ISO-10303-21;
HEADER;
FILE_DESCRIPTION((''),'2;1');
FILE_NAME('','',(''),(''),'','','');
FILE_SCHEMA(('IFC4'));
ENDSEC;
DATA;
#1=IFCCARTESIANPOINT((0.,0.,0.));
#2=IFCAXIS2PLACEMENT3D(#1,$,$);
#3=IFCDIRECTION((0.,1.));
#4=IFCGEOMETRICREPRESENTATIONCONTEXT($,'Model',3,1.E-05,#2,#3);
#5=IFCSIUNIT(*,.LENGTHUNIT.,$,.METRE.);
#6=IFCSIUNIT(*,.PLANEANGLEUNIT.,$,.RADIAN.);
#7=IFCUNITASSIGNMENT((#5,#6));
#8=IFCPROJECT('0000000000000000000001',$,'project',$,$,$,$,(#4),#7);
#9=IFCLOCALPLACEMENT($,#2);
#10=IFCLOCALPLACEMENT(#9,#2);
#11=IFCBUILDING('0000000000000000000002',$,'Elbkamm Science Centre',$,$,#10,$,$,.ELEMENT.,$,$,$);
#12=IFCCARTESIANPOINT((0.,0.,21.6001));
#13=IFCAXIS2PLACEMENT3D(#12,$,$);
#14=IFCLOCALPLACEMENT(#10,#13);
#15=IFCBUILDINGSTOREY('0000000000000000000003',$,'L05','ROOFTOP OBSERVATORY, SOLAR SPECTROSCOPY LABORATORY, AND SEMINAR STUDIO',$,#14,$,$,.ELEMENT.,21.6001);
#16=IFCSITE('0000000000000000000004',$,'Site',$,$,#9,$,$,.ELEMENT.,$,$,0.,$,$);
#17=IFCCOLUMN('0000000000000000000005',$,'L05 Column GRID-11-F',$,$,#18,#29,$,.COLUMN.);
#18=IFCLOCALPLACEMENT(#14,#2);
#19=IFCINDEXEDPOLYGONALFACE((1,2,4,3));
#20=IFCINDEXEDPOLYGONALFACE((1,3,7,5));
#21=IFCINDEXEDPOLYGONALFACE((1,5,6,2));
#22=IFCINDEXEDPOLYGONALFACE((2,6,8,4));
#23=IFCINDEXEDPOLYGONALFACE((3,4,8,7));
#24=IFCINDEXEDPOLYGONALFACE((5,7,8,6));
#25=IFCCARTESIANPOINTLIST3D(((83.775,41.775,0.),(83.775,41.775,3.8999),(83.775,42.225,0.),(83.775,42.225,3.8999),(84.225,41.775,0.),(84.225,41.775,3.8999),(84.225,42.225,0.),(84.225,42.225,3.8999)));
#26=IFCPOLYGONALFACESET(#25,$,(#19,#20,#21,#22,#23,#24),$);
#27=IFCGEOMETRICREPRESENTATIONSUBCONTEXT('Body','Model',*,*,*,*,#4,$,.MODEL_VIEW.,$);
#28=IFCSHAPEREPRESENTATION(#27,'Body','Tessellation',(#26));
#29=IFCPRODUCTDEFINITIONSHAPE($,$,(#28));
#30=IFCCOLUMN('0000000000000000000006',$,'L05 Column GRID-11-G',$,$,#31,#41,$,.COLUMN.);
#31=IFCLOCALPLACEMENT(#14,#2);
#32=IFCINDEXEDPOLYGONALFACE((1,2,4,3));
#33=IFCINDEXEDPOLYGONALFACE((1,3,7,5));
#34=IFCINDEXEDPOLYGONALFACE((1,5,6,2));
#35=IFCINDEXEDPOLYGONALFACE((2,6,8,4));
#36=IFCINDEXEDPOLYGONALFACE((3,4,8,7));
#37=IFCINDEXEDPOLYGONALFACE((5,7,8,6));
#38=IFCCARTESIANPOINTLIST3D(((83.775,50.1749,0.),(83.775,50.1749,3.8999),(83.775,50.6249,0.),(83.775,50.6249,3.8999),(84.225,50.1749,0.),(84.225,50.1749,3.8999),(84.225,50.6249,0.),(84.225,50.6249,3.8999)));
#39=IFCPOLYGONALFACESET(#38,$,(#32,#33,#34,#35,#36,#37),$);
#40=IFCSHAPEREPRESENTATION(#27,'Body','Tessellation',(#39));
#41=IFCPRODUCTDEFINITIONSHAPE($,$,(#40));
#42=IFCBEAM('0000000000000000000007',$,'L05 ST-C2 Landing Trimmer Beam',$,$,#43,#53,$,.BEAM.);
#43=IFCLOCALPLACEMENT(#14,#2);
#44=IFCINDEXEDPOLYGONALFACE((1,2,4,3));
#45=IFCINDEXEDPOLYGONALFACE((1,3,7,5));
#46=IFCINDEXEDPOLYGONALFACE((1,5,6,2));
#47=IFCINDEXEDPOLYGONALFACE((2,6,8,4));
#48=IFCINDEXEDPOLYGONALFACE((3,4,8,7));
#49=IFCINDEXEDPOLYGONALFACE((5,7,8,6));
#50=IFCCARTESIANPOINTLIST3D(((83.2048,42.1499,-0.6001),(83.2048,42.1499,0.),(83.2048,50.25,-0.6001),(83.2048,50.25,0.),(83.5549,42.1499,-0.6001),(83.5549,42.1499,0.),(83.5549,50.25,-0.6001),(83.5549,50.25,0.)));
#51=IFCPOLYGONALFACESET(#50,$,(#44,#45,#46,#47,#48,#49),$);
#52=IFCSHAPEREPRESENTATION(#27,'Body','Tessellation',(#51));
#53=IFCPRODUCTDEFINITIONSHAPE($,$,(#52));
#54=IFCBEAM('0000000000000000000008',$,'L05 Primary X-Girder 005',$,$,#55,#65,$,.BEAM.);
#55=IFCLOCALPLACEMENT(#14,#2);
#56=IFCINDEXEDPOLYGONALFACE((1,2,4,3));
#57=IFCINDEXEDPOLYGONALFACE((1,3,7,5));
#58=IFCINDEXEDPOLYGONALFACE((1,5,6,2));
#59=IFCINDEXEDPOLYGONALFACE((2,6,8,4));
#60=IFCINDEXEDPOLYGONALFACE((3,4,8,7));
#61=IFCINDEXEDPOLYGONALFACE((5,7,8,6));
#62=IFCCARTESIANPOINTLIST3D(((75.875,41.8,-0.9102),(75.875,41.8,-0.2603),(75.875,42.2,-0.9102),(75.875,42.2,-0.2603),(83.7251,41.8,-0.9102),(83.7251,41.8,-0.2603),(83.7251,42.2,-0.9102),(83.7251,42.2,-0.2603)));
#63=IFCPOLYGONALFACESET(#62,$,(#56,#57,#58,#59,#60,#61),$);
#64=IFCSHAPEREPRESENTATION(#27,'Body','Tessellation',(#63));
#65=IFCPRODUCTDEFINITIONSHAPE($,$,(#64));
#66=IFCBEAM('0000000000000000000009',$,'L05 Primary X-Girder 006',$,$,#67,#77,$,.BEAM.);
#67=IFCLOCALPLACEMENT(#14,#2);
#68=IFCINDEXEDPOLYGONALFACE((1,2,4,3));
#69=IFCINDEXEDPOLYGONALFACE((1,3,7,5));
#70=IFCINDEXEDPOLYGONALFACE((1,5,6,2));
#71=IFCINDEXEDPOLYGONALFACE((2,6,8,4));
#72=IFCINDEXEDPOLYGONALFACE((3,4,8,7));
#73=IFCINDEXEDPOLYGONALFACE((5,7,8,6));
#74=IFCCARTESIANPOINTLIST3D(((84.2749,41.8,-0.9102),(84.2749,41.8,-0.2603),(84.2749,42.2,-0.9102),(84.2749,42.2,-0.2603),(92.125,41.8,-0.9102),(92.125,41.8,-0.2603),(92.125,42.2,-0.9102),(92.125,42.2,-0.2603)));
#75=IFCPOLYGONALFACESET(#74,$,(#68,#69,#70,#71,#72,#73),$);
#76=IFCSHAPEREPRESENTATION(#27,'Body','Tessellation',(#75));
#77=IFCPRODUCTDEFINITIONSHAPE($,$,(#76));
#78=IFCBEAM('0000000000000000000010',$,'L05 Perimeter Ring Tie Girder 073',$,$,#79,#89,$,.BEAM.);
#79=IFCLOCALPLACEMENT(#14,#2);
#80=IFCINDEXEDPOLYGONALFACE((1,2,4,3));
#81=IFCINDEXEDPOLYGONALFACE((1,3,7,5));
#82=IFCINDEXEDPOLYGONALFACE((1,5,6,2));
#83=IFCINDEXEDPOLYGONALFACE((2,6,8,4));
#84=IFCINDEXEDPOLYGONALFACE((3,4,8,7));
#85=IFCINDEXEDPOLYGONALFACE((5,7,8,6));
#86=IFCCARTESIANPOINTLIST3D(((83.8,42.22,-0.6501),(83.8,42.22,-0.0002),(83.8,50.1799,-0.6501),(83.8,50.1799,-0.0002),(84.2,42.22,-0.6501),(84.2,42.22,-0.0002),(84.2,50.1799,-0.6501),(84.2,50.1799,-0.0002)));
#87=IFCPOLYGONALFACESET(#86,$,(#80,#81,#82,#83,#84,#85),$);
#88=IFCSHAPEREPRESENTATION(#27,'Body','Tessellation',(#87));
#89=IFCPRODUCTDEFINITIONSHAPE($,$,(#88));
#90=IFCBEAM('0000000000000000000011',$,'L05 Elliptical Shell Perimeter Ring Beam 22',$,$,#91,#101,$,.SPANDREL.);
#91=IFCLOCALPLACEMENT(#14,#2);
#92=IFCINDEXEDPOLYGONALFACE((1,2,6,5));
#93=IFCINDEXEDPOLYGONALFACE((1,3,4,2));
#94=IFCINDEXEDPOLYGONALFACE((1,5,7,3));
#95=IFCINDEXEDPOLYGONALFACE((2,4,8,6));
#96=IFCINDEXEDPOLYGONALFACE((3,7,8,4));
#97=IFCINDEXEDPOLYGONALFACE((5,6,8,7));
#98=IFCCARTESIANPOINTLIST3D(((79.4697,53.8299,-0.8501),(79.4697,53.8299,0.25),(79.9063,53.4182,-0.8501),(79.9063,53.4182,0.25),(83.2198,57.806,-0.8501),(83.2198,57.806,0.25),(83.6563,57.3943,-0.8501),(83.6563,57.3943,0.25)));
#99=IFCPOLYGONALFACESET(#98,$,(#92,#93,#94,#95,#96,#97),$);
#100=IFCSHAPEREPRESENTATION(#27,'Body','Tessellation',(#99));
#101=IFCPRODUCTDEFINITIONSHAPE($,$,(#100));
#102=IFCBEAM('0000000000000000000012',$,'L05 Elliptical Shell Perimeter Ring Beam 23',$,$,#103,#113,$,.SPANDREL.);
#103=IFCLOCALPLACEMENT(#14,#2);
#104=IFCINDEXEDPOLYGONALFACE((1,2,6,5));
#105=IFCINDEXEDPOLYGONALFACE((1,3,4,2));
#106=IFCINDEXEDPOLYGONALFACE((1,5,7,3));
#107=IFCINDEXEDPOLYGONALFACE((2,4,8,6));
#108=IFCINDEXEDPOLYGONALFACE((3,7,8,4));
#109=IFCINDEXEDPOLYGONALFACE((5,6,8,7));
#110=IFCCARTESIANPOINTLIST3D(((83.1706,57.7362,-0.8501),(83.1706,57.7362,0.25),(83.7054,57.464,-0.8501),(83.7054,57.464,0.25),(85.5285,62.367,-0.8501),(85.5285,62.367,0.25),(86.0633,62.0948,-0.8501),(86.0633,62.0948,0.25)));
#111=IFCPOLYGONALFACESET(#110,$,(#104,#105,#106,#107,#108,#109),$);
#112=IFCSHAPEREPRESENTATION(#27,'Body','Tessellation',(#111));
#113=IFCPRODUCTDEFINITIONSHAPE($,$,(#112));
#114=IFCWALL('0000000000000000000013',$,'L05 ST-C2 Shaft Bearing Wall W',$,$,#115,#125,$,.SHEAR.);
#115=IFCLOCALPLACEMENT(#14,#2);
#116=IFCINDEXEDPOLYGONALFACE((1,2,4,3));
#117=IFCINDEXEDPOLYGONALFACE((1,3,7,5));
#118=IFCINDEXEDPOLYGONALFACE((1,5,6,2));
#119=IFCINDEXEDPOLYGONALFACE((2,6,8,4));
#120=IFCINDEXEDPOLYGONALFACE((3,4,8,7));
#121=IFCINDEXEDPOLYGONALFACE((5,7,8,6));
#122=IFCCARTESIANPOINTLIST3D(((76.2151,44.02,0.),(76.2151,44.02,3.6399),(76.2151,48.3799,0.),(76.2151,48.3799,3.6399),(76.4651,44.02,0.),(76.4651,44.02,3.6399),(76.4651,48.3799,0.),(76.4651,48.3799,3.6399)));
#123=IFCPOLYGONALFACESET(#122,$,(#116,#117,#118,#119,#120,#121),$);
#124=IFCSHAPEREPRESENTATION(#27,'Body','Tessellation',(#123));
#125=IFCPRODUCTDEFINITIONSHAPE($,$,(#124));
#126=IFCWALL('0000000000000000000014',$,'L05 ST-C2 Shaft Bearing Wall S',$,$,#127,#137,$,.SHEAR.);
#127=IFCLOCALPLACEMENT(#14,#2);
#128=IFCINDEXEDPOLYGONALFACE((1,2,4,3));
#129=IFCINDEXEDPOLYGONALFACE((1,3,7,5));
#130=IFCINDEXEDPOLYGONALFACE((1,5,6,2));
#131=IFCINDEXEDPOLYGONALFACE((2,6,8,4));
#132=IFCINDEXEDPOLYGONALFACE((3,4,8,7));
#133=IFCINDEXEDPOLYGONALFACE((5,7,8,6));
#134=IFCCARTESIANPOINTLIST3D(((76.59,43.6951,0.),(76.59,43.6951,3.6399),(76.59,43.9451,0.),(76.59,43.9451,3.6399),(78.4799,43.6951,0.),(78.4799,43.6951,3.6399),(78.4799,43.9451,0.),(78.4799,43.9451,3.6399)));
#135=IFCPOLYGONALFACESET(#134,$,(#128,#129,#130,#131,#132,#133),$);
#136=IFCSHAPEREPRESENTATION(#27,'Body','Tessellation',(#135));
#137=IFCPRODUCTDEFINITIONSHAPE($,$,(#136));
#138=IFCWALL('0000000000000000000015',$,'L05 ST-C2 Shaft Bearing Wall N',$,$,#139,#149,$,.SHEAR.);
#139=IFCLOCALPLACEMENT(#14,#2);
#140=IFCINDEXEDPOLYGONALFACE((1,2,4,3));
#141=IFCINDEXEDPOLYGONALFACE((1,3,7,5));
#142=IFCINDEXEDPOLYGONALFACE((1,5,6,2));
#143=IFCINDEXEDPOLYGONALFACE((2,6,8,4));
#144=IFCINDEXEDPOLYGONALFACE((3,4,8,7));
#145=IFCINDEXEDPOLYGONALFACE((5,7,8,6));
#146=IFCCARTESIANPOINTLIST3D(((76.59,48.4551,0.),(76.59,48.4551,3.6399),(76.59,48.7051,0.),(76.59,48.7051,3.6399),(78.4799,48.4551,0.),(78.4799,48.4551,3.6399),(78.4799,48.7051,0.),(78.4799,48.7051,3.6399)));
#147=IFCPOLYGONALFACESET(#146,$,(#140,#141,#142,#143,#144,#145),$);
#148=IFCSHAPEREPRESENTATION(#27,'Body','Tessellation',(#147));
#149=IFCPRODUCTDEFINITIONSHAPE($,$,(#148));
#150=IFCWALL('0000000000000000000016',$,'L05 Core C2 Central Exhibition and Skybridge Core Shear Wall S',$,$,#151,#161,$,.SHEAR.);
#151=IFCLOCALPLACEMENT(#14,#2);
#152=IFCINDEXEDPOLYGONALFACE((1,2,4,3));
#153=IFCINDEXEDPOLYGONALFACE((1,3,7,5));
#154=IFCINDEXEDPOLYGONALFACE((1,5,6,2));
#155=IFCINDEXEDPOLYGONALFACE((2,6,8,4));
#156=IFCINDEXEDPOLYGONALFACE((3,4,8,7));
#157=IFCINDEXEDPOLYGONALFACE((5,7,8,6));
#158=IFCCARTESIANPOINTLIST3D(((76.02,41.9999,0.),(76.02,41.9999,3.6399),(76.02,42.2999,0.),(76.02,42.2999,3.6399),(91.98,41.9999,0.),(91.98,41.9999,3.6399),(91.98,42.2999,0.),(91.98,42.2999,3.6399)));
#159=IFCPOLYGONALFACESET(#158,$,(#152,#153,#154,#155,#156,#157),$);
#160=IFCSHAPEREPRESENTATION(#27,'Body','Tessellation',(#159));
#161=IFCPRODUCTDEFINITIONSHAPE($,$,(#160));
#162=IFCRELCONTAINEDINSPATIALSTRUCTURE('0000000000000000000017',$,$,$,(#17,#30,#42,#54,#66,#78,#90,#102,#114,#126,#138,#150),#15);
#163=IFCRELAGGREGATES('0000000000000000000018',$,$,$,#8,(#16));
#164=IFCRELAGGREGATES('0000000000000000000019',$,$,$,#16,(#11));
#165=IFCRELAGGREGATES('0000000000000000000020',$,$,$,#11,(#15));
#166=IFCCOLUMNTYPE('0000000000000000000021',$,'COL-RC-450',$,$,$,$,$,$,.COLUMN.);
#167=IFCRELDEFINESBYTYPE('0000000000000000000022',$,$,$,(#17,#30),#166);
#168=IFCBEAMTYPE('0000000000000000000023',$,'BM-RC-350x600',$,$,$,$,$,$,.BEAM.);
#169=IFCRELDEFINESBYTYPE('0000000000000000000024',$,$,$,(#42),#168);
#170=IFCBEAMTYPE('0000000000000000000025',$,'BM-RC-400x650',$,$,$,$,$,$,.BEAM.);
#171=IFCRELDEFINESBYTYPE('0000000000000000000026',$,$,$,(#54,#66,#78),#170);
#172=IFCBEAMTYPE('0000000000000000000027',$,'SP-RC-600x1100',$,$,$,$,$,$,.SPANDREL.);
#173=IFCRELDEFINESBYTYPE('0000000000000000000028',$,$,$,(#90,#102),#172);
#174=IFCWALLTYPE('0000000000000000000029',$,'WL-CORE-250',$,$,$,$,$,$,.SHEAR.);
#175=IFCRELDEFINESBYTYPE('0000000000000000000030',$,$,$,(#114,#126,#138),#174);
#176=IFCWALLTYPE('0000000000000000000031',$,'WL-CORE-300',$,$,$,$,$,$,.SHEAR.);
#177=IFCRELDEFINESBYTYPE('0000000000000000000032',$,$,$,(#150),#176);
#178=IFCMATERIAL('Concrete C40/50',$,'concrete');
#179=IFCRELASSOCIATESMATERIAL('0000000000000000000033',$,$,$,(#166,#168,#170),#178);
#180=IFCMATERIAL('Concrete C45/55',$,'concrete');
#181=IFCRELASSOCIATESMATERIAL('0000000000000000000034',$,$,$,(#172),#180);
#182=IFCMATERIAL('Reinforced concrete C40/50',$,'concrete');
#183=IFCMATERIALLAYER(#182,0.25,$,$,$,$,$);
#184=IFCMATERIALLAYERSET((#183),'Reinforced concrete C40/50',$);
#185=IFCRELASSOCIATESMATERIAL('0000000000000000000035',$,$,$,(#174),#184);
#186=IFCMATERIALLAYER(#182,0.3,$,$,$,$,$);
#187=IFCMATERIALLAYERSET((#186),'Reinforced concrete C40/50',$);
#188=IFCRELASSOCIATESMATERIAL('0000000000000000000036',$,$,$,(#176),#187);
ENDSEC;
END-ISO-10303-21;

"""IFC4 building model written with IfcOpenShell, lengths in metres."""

from ifc_helpers import new_model, si_unit, direction, frame, frame_2d, origin, origin_2d, place, context, subcontext, project, spatial, rectangle, extrude, material, layer, layer_set, material_profile, profile_set, type_object, element, save


model = new_model("IFC4")

# Units and contexts
model_context = context("Model", 3, precision=1e-05, world=origin(), true_north=direction((0.0, 1.0)))
body_context = subcontext(model_context, "Body", "Model", "MODEL_VIEW")
ifc_project = project(units=[si_unit("LENGTHUNIT", "METRE"), si_unit("PLANEANGLEUNIT", "RADIAN")], contexts=[model_context])

# Site, building, storey
site_placement = place(None, origin())
site = spatial("IfcSite", under=ifc_project, at=site_placement, Name="Site", CompositionType="ELEMENT", RefElevation=0.0)
building_placement = place(site_placement, origin())
building = spatial("IfcBuilding", under=site, at=building_placement, Name="Elbkamm Science Centre", CompositionType="ELEMENT")
storey_placement = place(building_placement, frame((0.0, 0.0, 21.6001)))
storey = spatial("IfcBuildingStorey", under=building, at=storey_placement, Name="L05", Description="ROOFTOP OBSERVATORY, SOLAR SPECTROSCOPY LABORATORY, AND SEMINAR STUDIO", CompositionType="ELEMENT", Elevation=21.6001)

# Columns
ifc_material_1 = material(Name="Concrete C40/50", Category="concrete")
ifc_material_profile_1 = material_profile(ifc_material_1, rectangle(XDim=0.45, YDim=0.45, at=origin_2d()), Name="RC 450x450")
ifc_profile_set_1 = profile_set([ifc_material_profile_1], Name="Concrete C40/50")
column_type = type_object("IfcColumnType", Name="COL-RC-450", PredefinedType="COLUMN", material=ifc_profile_set_1)
for number, where, z_axis, x_axis, name in (
    (1, (84.0, 42.0, 0.0), (0.0, 0.0, 1.0), (1.0, 0.0, 0.0), "L05 Column GRID-11-F"),
    (2, (84.0, 50.3999, 0.0), (0.0, 0.0, 1.0), (1.0, 0.0, 0.0), "L05 Column GRID-11-G"),
):
    element("IfcColumn", number, at=place(storey_placement, frame(where, z_axis=z_axis, x_axis=x_axis)), inside=storey, type_object=column_type, Name=name, PredefinedType="COLUMN", context=body_context, shape_type="SweptSolid", body=[
        extrude(rectangle(XDim=0.45, YDim=0.45, at=origin_2d()), origin(), (0.0, 0.0, 1.0), 3.8999),
    ])

# Beams
ifc_material_profile_2 = material_profile(ifc_material_1, rectangle(XDim=0.3501, YDim=0.6001, at=origin_2d()), Name="RC 350x600")
ifc_profile_set_2 = profile_set([ifc_material_profile_2], Name="Concrete C40/50")
beam_type_1 = type_object("IfcBeamType", Name="BM-RC-350x600", PredefinedType="BEAM", material=ifc_profile_set_2)
beam_1_placement = place(storey_placement, frame((83.3799, 42.1499, -0.3), z_axis=(0.0, 1.0, 0.0), x_axis=(-1.0, 0.0, 0.0)))
element("IfcBeam", 3, at=beam_1_placement, inside=storey, type_object=beam_type_1, Name="L05 ST-C2 Landing Trimmer Beam", PredefinedType="BEAM", context=body_context, shape_type="SweptSolid", body=[
    extrude(rectangle(XDim=0.3501, YDim=0.6001, at=origin_2d()), origin(), (0.0, 0.0, 1.0), 8.1001),
])
ifc_material_profile_3 = material_profile(ifc_material_1, rectangle(XDim=0.3999, YDim=0.6499, at=origin_2d()), Name="RC 400x650")
ifc_profile_set_3 = profile_set([ifc_material_profile_3], Name="Concrete C40/50")
beam_type_2 = type_object("IfcBeamType", Name="BM-RC-400x650", PredefinedType="BEAM", material=ifc_profile_set_3)
for number, where, z_axis, x_axis, name in (
    (4, (75.875, 42.0, -0.5852), (1.0, 0.0, 0.0), (0.0, 1.0, 0.0), "L05 Primary X-Girder 005"),
    (5, (84.2749, 42.0, -0.5852), (1.0, 0.0, 0.0), (0.0, 1.0, 0.0), "L05 Primary X-Girder 006"),
):
    element("IfcBeam", number, at=place(storey_placement, frame(where, z_axis=z_axis, x_axis=x_axis)), inside=storey, type_object=beam_type_2, Name=name, PredefinedType="BEAM", context=body_context, shape_type="SweptSolid", body=[
        extrude(rectangle(XDim=0.3999, YDim=0.6499, at=origin_2d()), origin(), (0.0, 0.0, 1.0), 7.8501),
    ])
beam_2_placement = place(storey_placement, frame((84.0, 50.1799, -0.3252), z_axis=(0.0, -1.0, 0.0), x_axis=(1.0, 0.0, 0.0)))
element("IfcBeam", 6, at=beam_2_placement, inside=storey, type_object=beam_type_2, Name="L05 Perimeter Ring Tie Girder 073", PredefinedType="BEAM", context=body_context, shape_type="SweptSolid", body=[
    extrude(rectangle(XDim=0.3999, YDim=0.6499, at=origin_2d()), origin(), (0.0, 0.0, 1.0), 7.96),
])
ifc_material_2 = material(Name="Concrete C45/55", Category="concrete")
ifc_material_profile_4 = material_profile(ifc_material_2, rectangle(XDim=0.6001, YDim=1.1001, at=origin_2d()), Name="RC 600x1100")
ifc_profile_set_4 = profile_set([ifc_material_profile_4], Name="Concrete C45/55")
beam_type_3 = type_object("IfcBeamType", Name="SP-RC-600x1100", PredefinedType="SPANDREL", material=ifc_profile_set_4)
beam_3_placement = place(storey_placement, frame((79.688, 53.624, -0.3), z_axis=(0.686122, 0.727486, 0.0), x_axis=(-0.727486, 0.686122, 0.0)))
element("IfcBeam", 7, at=beam_3_placement, inside=storey, type_object=beam_type_3, Name="L05 Elliptical Shell Perimeter Ring Beam 22", PredefinedType="SPANDREL", context=body_context, shape_type="SweptSolid", body=[
    extrude(rectangle(XDim=0.6001, YDim=1.1001, at=origin_2d()), origin(), (0.0, 0.0, 1.0), 5.4656),
])
beam_4_placement = place(storey_placement, frame((83.438, 57.6001, -0.3), z_axis=(0.453741, 0.891133, 0.0), x_axis=(-0.891133, 0.453741, 0.0)))
element("IfcBeam", 8, at=beam_4_placement, inside=storey, type_object=beam_type_3, Name="L05 Elliptical Shell Perimeter Ring Beam 23", PredefinedType="SPANDREL", context=body_context, shape_type="SweptSolid", body=[
    extrude(rectangle(XDim=0.6001, YDim=1.1001, at=origin_2d()), origin(), (0.0, 0.0, 1.0), 5.1965),
])

# Walls
ifc_material_3 = material(Name="Reinforced concrete C40/50", Category="concrete")
ifc_layer_1 = layer(ifc_material_3, 0.25)
ifc_layer_set_1 = layer_set([ifc_layer_1], Name="Reinforced concrete C40/50")
wall_type_1 = type_object("IfcWallType", Name="WL-CORE-250", PredefinedType="SHEAR", material=ifc_layer_set_1)
wall_1_placement = place(storey_placement, frame((76.3401, 44.02, 0.0), z_axis=(0.0, 0.0, 1.0), x_axis=(0.0, 1.0, 0.0)))
element("IfcWall", 9, at=wall_1_placement, inside=storey, type_object=wall_type_1, Name="L05 ST-C2 Shaft Bearing Wall W", PredefinedType="SHEAR", context=body_context, shape_type="SweptSolid", body=[
    extrude(rectangle(XDim=4.3599, YDim=0.25, at=frame_2d((2.1799, 0.0))), origin(), (0.0, 0.0, 1.0), 3.6399),
])
for number, where, z_axis, x_axis, name in (
    (10, (76.5901, 43.8201, 0.0), (0.0, 0.0, 1.0), (1.0, 0.0, 0.0), "L05 ST-C2 Shaft Bearing Wall S"),
    (11, (76.5901, 48.5801, 0.0), (0.0, 0.0, 1.0), (1.0, 0.0, 0.0), "L05 ST-C2 Shaft Bearing Wall N"),
):
    element("IfcWall", number, at=place(storey_placement, frame(where, z_axis=z_axis, x_axis=x_axis)), inside=storey, type_object=wall_type_1, Name=name, PredefinedType="SHEAR", context=body_context, shape_type="SweptSolid", body=[
        extrude(rectangle(XDim=1.8899, YDim=0.25, at=frame_2d((0.9448, 0.0))), origin(), (0.0, 0.0, 1.0), 3.6399),
    ])
ifc_layer_2 = layer(ifc_material_3, 0.3)
ifc_layer_set_2 = layer_set([ifc_layer_2], Name="Reinforced concrete C40/50")
wall_type_2 = type_object("IfcWallType", Name="WL-CORE-300", PredefinedType="SHEAR", material=ifc_layer_set_2)
wall_2_placement = place(storey_placement, frame((76.02, 42.1499, 0.0), z_axis=(0.0, 0.0, 1.0), x_axis=(1.0, 0.0, 0.0)))
element("IfcWall", 12, at=wall_2_placement, inside=storey, type_object=wall_type_2, Name="L05 Core C2 Central Exhibition and Skybridge Core Shear Wall S", PredefinedType="SHEAR", context=body_context, shape_type="SweptSolid", body=[
    extrude(rectangle(XDim=15.96, YDim=0.3, at=frame_2d((7.98, 0.0))), origin(), (0.0, 0.0, 1.0), 3.6399),
])

save(model, "model.ifc")
